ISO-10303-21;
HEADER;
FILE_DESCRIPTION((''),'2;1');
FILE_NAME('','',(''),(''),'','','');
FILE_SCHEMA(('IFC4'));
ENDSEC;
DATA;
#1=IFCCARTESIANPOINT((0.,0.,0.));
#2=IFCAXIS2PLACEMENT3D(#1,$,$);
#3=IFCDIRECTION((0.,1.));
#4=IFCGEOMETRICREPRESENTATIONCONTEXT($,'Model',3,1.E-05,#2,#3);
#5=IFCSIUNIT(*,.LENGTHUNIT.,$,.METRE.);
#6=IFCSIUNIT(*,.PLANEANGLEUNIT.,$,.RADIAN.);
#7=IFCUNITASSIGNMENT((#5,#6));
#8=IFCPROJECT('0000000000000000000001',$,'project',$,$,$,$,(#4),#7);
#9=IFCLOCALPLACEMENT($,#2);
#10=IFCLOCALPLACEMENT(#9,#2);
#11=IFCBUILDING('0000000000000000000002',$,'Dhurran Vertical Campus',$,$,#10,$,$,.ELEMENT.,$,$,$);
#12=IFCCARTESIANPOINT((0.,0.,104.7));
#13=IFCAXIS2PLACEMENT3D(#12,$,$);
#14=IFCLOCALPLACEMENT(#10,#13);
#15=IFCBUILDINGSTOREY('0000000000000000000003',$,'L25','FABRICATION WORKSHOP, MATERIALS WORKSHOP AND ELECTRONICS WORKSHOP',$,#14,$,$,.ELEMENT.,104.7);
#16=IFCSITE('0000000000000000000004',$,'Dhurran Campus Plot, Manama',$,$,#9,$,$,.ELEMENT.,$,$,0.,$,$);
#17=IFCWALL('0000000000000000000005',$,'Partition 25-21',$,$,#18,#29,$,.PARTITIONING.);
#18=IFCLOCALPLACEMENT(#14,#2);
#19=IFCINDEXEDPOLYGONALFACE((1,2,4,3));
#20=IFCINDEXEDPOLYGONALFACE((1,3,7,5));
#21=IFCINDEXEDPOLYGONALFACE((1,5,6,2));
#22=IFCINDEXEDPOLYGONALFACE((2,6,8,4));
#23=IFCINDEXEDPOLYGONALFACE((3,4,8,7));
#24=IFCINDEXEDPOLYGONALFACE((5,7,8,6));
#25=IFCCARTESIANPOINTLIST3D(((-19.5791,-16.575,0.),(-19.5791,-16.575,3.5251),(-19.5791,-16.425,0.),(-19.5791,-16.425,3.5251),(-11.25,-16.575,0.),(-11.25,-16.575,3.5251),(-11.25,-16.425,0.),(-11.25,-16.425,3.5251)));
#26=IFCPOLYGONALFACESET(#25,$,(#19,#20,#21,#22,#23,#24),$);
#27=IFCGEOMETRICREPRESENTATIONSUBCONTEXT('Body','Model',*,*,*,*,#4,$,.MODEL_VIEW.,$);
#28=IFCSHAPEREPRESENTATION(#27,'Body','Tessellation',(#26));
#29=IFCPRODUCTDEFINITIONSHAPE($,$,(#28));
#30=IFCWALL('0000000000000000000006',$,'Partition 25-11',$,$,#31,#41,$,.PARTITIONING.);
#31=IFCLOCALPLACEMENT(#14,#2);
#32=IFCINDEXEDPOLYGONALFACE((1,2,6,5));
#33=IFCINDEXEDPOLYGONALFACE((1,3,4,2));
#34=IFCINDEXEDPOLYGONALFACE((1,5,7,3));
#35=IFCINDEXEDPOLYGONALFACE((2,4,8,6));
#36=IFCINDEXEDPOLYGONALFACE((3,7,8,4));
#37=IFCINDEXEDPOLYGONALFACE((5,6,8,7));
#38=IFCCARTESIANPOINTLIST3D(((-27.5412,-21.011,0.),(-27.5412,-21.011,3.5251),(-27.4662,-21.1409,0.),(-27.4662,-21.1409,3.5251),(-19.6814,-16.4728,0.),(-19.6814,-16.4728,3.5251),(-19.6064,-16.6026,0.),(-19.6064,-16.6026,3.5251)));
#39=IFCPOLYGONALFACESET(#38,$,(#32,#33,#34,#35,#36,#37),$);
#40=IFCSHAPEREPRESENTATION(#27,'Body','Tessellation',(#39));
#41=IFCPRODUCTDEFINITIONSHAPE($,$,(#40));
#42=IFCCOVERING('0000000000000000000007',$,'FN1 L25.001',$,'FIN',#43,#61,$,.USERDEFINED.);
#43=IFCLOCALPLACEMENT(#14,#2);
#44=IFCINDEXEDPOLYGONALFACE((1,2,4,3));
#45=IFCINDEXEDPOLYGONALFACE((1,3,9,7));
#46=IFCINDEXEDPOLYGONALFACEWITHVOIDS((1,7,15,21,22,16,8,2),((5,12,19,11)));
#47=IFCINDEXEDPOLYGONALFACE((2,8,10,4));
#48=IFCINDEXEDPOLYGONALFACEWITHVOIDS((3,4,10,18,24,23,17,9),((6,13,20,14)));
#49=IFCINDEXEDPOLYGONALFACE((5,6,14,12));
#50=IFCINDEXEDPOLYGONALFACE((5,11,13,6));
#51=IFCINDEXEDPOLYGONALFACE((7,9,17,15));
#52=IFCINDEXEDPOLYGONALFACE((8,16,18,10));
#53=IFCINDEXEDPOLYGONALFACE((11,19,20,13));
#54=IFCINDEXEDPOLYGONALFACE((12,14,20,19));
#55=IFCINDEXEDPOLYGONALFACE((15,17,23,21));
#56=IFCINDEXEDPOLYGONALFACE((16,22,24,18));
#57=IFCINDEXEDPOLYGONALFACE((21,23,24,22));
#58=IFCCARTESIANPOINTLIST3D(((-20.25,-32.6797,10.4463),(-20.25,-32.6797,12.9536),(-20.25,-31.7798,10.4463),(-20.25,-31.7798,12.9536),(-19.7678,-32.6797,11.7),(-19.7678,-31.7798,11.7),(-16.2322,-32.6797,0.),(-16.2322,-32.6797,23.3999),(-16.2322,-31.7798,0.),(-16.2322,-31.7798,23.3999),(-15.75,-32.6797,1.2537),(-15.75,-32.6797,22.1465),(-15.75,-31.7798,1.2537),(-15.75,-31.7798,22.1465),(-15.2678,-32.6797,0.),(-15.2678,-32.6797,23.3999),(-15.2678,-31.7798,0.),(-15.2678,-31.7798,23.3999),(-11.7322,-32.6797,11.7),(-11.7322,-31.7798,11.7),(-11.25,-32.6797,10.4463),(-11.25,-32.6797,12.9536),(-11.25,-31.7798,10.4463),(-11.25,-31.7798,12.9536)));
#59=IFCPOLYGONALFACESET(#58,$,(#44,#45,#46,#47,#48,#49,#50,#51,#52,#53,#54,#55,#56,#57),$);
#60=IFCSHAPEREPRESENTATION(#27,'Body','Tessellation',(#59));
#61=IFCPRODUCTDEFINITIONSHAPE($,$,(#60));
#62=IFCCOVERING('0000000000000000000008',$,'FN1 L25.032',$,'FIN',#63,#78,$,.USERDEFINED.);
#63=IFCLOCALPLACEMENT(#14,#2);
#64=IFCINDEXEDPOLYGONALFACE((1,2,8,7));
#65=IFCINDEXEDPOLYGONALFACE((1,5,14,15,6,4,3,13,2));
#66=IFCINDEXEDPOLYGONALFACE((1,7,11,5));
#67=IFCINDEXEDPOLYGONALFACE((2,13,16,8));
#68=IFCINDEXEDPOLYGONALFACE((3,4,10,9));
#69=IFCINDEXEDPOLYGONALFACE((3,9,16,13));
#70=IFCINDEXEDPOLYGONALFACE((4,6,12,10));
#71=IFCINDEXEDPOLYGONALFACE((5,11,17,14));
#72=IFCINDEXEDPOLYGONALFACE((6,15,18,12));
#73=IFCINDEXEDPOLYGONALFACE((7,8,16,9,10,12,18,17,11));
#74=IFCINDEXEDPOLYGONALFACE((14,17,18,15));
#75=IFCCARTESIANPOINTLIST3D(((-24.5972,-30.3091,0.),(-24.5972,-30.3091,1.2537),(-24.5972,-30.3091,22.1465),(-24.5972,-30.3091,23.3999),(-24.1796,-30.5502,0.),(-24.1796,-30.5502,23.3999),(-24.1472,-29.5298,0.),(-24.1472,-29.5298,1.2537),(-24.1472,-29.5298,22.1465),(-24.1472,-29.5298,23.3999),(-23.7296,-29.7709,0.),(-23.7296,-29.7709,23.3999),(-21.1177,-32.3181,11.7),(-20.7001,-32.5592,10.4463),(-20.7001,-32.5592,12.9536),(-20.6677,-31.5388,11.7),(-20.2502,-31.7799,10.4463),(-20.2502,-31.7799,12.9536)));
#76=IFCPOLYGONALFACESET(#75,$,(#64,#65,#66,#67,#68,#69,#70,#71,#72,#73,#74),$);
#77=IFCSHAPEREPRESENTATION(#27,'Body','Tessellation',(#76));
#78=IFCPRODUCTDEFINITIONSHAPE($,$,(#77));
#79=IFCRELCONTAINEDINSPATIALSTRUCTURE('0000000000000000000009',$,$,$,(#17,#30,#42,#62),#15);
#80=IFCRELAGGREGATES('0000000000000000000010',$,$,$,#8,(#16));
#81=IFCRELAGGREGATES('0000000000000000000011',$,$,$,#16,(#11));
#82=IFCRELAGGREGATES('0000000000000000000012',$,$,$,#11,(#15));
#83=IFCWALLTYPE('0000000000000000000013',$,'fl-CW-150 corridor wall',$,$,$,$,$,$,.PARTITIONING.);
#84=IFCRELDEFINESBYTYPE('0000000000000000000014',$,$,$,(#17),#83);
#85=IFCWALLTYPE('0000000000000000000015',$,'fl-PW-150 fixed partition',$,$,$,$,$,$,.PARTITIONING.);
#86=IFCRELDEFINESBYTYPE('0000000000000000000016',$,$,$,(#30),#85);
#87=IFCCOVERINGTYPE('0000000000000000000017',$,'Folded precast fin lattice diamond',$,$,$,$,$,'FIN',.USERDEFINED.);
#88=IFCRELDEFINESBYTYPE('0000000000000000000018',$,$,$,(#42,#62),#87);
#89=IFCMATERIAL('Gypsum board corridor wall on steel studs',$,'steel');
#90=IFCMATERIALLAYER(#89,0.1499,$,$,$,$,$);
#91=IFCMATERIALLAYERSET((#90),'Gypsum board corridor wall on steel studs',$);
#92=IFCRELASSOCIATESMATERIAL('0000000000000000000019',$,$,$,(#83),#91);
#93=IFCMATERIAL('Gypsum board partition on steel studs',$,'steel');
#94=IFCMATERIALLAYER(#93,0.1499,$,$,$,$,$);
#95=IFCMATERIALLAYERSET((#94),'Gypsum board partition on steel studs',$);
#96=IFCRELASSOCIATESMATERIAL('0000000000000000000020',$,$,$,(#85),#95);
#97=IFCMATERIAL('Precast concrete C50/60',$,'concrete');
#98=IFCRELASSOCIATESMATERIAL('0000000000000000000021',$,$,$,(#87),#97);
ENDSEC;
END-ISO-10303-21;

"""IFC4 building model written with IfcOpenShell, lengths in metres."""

from ifc_helpers import new_model, si_unit, direction, frame, frame_2d, origin, place, context, subcontext, project, spatial, polyline, rectangle, outline, extrude, material, layer, layer_set, type_object, element, save


model = new_model("IFC4")

# Units and contexts
model_context = context("Model", 3, precision=1e-05, world=origin(), true_north=direction((0.0, 1.0)))
body_context = subcontext(model_context, "Body", "Model", "MODEL_VIEW")
ifc_project = project(units=[si_unit("LENGTHUNIT", "METRE"), si_unit("PLANEANGLEUNIT", "RADIAN")], contexts=[model_context])

# Site, building, storey
site_placement = place(None, origin())
site = spatial("IfcSite", under=ifc_project, at=site_placement, Name="Dhurran Campus Plot, Manama", CompositionType="ELEMENT", RefElevation=0.0)
building_placement = place(site_placement, origin())
building = spatial("IfcBuilding", under=site, at=building_placement, Name="Dhurran Vertical Campus", CompositionType="ELEMENT")
storey_placement = place(building_placement, frame((0.0, 0.0, 104.7)))
storey = spatial("IfcBuildingStorey", under=building, at=storey_placement, Name="L25", Description="FABRICATION WORKSHOP, MATERIALS WORKSHOP AND ELECTRONICS WORKSHOP", CompositionType="ELEMENT", Elevation=104.7)

# Walls
ifc_material_1 = material(Name="Gypsum board corridor wall on steel studs", Category="steel")
ifc_layer_1 = layer(ifc_material_1, 0.1499)
ifc_layer_set_1 = layer_set([ifc_layer_1], Name="Gypsum board corridor wall on steel studs")
wall_type_1 = type_object("IfcWallType", Name="fl-CW-150 corridor wall", PredefinedType="PARTITIONING", material=ifc_layer_set_1)
wall_1_placement = place(storey_placement, frame((-19.5791, -16.5, 0.0), z_axis=(0.0, 0.0, 1.0), x_axis=(1.0, 0.0, 0.0)))
element("IfcWall", 1, at=wall_1_placement, inside=storey, type_object=wall_type_1, Name="Partition 25-21", PredefinedType="PARTITIONING", context=body_context, shape_type="SweptSolid", body=[
    extrude(rectangle(XDim=8.3291, YDim=0.1499, at=frame_2d((4.1646, 0.0))), origin(), (0.0, 0.0, 1.0), 3.5251),
])
ifc_material_2 = material(Name="Gypsum board partition on steel studs", Category="steel")
ifc_layer_2 = layer(ifc_material_2, 0.1499)
ifc_layer_set_2 = layer_set([ifc_layer_2], Name="Gypsum board partition on steel studs")
wall_type_2 = type_object("IfcWallType", Name="fl-PW-150 fixed partition", PredefinedType="PARTITIONING", material=ifc_layer_set_2)
wall_2_placement = place(storey_placement, frame((-19.6438, -16.5376, 0.0), z_axis=(0.0, 0.0, 1.0), x_axis=(-0.866005, -0.500036, 0.0)))
element("IfcWall", 2, at=wall_2_placement, inside=storey, type_object=wall_type_2, Name="Partition 25-11", PredefinedType="PARTITIONING", context=body_context, shape_type="SweptSolid", body=[
    extrude(rectangle(XDim=9.0759, YDim=0.1499, at=frame_2d((4.5381, 0.0))), origin(), (0.0, 0.0, 1.0), 3.5251),
])

# Coverings
ifc_material_3 = material(Name="Precast concrete C50/60", Category="concrete")
covering_type = type_object("IfcCoveringType", Name="Folded precast fin lattice diamond", ElementType="FIN", PredefinedType="USERDEFINED", material=ifc_material_3)
for number, where, z_axis, x_axis, name in (
    (3, (-20.25, -31.7798, 0.0), (0.0, -1.0, 0.0), (1.0, 0.0, 0.0), "FN1 L25.001"),
):
    element("IfcCovering", number, at=place(storey_placement, frame(where, z_axis=z_axis, x_axis=x_axis)), inside=storey, type_object=covering_type, Name=name, ObjectType="FIN", PredefinedType="USERDEFINED", context=body_context, shape_type="SweptSolid", body=[
        extrude(outline(polyline([(9.0, 12.9536), (9.0, 10.4463), (4.9822, 0.0), (4.0178, 0.0), (0.0, 10.4463), (0.0, 12.9536), (4.0178, 23.3999), (4.9822, 23.3999), (9.0, 12.9536)]), holes=[polyline([(8.5178, 11.7), (4.5, 22.1465), (0.4822, 11.7), (4.5, 1.2537), (8.5178, 11.7)])]), origin(), (0.0, 0.0, 1.0), 0.8999),
    ])
covering_1_placement = place(storey_placement, frame((-24.1472, -29.5298, 0.0), z_axis=(-0.50002, -0.866014, 0.0), x_axis=(0.866014, -0.50002, 0.0)))
element("IfcCovering", 4, at=covering_1_placement, inside=storey, type_object=covering_type, Name="FN1 L25.032", ObjectType="FIN", PredefinedType="USERDEFINED", context=body_context, shape_type="SweptSolid", body=[
    extrude(outline(polyline([(4.5, 10.4463), (0.4822, 0.0), (0.0, 0.0), (0.0, 1.2537), (4.0178, 11.7), (0.0, 22.1465), (0.0, 23.3999), (0.4822, 23.3999), (4.5, 12.9536), (4.5, 10.4463)])), origin(), (0.0, 0.0, 1.0), 0.8999),
])

save(model, "model.ifc")
